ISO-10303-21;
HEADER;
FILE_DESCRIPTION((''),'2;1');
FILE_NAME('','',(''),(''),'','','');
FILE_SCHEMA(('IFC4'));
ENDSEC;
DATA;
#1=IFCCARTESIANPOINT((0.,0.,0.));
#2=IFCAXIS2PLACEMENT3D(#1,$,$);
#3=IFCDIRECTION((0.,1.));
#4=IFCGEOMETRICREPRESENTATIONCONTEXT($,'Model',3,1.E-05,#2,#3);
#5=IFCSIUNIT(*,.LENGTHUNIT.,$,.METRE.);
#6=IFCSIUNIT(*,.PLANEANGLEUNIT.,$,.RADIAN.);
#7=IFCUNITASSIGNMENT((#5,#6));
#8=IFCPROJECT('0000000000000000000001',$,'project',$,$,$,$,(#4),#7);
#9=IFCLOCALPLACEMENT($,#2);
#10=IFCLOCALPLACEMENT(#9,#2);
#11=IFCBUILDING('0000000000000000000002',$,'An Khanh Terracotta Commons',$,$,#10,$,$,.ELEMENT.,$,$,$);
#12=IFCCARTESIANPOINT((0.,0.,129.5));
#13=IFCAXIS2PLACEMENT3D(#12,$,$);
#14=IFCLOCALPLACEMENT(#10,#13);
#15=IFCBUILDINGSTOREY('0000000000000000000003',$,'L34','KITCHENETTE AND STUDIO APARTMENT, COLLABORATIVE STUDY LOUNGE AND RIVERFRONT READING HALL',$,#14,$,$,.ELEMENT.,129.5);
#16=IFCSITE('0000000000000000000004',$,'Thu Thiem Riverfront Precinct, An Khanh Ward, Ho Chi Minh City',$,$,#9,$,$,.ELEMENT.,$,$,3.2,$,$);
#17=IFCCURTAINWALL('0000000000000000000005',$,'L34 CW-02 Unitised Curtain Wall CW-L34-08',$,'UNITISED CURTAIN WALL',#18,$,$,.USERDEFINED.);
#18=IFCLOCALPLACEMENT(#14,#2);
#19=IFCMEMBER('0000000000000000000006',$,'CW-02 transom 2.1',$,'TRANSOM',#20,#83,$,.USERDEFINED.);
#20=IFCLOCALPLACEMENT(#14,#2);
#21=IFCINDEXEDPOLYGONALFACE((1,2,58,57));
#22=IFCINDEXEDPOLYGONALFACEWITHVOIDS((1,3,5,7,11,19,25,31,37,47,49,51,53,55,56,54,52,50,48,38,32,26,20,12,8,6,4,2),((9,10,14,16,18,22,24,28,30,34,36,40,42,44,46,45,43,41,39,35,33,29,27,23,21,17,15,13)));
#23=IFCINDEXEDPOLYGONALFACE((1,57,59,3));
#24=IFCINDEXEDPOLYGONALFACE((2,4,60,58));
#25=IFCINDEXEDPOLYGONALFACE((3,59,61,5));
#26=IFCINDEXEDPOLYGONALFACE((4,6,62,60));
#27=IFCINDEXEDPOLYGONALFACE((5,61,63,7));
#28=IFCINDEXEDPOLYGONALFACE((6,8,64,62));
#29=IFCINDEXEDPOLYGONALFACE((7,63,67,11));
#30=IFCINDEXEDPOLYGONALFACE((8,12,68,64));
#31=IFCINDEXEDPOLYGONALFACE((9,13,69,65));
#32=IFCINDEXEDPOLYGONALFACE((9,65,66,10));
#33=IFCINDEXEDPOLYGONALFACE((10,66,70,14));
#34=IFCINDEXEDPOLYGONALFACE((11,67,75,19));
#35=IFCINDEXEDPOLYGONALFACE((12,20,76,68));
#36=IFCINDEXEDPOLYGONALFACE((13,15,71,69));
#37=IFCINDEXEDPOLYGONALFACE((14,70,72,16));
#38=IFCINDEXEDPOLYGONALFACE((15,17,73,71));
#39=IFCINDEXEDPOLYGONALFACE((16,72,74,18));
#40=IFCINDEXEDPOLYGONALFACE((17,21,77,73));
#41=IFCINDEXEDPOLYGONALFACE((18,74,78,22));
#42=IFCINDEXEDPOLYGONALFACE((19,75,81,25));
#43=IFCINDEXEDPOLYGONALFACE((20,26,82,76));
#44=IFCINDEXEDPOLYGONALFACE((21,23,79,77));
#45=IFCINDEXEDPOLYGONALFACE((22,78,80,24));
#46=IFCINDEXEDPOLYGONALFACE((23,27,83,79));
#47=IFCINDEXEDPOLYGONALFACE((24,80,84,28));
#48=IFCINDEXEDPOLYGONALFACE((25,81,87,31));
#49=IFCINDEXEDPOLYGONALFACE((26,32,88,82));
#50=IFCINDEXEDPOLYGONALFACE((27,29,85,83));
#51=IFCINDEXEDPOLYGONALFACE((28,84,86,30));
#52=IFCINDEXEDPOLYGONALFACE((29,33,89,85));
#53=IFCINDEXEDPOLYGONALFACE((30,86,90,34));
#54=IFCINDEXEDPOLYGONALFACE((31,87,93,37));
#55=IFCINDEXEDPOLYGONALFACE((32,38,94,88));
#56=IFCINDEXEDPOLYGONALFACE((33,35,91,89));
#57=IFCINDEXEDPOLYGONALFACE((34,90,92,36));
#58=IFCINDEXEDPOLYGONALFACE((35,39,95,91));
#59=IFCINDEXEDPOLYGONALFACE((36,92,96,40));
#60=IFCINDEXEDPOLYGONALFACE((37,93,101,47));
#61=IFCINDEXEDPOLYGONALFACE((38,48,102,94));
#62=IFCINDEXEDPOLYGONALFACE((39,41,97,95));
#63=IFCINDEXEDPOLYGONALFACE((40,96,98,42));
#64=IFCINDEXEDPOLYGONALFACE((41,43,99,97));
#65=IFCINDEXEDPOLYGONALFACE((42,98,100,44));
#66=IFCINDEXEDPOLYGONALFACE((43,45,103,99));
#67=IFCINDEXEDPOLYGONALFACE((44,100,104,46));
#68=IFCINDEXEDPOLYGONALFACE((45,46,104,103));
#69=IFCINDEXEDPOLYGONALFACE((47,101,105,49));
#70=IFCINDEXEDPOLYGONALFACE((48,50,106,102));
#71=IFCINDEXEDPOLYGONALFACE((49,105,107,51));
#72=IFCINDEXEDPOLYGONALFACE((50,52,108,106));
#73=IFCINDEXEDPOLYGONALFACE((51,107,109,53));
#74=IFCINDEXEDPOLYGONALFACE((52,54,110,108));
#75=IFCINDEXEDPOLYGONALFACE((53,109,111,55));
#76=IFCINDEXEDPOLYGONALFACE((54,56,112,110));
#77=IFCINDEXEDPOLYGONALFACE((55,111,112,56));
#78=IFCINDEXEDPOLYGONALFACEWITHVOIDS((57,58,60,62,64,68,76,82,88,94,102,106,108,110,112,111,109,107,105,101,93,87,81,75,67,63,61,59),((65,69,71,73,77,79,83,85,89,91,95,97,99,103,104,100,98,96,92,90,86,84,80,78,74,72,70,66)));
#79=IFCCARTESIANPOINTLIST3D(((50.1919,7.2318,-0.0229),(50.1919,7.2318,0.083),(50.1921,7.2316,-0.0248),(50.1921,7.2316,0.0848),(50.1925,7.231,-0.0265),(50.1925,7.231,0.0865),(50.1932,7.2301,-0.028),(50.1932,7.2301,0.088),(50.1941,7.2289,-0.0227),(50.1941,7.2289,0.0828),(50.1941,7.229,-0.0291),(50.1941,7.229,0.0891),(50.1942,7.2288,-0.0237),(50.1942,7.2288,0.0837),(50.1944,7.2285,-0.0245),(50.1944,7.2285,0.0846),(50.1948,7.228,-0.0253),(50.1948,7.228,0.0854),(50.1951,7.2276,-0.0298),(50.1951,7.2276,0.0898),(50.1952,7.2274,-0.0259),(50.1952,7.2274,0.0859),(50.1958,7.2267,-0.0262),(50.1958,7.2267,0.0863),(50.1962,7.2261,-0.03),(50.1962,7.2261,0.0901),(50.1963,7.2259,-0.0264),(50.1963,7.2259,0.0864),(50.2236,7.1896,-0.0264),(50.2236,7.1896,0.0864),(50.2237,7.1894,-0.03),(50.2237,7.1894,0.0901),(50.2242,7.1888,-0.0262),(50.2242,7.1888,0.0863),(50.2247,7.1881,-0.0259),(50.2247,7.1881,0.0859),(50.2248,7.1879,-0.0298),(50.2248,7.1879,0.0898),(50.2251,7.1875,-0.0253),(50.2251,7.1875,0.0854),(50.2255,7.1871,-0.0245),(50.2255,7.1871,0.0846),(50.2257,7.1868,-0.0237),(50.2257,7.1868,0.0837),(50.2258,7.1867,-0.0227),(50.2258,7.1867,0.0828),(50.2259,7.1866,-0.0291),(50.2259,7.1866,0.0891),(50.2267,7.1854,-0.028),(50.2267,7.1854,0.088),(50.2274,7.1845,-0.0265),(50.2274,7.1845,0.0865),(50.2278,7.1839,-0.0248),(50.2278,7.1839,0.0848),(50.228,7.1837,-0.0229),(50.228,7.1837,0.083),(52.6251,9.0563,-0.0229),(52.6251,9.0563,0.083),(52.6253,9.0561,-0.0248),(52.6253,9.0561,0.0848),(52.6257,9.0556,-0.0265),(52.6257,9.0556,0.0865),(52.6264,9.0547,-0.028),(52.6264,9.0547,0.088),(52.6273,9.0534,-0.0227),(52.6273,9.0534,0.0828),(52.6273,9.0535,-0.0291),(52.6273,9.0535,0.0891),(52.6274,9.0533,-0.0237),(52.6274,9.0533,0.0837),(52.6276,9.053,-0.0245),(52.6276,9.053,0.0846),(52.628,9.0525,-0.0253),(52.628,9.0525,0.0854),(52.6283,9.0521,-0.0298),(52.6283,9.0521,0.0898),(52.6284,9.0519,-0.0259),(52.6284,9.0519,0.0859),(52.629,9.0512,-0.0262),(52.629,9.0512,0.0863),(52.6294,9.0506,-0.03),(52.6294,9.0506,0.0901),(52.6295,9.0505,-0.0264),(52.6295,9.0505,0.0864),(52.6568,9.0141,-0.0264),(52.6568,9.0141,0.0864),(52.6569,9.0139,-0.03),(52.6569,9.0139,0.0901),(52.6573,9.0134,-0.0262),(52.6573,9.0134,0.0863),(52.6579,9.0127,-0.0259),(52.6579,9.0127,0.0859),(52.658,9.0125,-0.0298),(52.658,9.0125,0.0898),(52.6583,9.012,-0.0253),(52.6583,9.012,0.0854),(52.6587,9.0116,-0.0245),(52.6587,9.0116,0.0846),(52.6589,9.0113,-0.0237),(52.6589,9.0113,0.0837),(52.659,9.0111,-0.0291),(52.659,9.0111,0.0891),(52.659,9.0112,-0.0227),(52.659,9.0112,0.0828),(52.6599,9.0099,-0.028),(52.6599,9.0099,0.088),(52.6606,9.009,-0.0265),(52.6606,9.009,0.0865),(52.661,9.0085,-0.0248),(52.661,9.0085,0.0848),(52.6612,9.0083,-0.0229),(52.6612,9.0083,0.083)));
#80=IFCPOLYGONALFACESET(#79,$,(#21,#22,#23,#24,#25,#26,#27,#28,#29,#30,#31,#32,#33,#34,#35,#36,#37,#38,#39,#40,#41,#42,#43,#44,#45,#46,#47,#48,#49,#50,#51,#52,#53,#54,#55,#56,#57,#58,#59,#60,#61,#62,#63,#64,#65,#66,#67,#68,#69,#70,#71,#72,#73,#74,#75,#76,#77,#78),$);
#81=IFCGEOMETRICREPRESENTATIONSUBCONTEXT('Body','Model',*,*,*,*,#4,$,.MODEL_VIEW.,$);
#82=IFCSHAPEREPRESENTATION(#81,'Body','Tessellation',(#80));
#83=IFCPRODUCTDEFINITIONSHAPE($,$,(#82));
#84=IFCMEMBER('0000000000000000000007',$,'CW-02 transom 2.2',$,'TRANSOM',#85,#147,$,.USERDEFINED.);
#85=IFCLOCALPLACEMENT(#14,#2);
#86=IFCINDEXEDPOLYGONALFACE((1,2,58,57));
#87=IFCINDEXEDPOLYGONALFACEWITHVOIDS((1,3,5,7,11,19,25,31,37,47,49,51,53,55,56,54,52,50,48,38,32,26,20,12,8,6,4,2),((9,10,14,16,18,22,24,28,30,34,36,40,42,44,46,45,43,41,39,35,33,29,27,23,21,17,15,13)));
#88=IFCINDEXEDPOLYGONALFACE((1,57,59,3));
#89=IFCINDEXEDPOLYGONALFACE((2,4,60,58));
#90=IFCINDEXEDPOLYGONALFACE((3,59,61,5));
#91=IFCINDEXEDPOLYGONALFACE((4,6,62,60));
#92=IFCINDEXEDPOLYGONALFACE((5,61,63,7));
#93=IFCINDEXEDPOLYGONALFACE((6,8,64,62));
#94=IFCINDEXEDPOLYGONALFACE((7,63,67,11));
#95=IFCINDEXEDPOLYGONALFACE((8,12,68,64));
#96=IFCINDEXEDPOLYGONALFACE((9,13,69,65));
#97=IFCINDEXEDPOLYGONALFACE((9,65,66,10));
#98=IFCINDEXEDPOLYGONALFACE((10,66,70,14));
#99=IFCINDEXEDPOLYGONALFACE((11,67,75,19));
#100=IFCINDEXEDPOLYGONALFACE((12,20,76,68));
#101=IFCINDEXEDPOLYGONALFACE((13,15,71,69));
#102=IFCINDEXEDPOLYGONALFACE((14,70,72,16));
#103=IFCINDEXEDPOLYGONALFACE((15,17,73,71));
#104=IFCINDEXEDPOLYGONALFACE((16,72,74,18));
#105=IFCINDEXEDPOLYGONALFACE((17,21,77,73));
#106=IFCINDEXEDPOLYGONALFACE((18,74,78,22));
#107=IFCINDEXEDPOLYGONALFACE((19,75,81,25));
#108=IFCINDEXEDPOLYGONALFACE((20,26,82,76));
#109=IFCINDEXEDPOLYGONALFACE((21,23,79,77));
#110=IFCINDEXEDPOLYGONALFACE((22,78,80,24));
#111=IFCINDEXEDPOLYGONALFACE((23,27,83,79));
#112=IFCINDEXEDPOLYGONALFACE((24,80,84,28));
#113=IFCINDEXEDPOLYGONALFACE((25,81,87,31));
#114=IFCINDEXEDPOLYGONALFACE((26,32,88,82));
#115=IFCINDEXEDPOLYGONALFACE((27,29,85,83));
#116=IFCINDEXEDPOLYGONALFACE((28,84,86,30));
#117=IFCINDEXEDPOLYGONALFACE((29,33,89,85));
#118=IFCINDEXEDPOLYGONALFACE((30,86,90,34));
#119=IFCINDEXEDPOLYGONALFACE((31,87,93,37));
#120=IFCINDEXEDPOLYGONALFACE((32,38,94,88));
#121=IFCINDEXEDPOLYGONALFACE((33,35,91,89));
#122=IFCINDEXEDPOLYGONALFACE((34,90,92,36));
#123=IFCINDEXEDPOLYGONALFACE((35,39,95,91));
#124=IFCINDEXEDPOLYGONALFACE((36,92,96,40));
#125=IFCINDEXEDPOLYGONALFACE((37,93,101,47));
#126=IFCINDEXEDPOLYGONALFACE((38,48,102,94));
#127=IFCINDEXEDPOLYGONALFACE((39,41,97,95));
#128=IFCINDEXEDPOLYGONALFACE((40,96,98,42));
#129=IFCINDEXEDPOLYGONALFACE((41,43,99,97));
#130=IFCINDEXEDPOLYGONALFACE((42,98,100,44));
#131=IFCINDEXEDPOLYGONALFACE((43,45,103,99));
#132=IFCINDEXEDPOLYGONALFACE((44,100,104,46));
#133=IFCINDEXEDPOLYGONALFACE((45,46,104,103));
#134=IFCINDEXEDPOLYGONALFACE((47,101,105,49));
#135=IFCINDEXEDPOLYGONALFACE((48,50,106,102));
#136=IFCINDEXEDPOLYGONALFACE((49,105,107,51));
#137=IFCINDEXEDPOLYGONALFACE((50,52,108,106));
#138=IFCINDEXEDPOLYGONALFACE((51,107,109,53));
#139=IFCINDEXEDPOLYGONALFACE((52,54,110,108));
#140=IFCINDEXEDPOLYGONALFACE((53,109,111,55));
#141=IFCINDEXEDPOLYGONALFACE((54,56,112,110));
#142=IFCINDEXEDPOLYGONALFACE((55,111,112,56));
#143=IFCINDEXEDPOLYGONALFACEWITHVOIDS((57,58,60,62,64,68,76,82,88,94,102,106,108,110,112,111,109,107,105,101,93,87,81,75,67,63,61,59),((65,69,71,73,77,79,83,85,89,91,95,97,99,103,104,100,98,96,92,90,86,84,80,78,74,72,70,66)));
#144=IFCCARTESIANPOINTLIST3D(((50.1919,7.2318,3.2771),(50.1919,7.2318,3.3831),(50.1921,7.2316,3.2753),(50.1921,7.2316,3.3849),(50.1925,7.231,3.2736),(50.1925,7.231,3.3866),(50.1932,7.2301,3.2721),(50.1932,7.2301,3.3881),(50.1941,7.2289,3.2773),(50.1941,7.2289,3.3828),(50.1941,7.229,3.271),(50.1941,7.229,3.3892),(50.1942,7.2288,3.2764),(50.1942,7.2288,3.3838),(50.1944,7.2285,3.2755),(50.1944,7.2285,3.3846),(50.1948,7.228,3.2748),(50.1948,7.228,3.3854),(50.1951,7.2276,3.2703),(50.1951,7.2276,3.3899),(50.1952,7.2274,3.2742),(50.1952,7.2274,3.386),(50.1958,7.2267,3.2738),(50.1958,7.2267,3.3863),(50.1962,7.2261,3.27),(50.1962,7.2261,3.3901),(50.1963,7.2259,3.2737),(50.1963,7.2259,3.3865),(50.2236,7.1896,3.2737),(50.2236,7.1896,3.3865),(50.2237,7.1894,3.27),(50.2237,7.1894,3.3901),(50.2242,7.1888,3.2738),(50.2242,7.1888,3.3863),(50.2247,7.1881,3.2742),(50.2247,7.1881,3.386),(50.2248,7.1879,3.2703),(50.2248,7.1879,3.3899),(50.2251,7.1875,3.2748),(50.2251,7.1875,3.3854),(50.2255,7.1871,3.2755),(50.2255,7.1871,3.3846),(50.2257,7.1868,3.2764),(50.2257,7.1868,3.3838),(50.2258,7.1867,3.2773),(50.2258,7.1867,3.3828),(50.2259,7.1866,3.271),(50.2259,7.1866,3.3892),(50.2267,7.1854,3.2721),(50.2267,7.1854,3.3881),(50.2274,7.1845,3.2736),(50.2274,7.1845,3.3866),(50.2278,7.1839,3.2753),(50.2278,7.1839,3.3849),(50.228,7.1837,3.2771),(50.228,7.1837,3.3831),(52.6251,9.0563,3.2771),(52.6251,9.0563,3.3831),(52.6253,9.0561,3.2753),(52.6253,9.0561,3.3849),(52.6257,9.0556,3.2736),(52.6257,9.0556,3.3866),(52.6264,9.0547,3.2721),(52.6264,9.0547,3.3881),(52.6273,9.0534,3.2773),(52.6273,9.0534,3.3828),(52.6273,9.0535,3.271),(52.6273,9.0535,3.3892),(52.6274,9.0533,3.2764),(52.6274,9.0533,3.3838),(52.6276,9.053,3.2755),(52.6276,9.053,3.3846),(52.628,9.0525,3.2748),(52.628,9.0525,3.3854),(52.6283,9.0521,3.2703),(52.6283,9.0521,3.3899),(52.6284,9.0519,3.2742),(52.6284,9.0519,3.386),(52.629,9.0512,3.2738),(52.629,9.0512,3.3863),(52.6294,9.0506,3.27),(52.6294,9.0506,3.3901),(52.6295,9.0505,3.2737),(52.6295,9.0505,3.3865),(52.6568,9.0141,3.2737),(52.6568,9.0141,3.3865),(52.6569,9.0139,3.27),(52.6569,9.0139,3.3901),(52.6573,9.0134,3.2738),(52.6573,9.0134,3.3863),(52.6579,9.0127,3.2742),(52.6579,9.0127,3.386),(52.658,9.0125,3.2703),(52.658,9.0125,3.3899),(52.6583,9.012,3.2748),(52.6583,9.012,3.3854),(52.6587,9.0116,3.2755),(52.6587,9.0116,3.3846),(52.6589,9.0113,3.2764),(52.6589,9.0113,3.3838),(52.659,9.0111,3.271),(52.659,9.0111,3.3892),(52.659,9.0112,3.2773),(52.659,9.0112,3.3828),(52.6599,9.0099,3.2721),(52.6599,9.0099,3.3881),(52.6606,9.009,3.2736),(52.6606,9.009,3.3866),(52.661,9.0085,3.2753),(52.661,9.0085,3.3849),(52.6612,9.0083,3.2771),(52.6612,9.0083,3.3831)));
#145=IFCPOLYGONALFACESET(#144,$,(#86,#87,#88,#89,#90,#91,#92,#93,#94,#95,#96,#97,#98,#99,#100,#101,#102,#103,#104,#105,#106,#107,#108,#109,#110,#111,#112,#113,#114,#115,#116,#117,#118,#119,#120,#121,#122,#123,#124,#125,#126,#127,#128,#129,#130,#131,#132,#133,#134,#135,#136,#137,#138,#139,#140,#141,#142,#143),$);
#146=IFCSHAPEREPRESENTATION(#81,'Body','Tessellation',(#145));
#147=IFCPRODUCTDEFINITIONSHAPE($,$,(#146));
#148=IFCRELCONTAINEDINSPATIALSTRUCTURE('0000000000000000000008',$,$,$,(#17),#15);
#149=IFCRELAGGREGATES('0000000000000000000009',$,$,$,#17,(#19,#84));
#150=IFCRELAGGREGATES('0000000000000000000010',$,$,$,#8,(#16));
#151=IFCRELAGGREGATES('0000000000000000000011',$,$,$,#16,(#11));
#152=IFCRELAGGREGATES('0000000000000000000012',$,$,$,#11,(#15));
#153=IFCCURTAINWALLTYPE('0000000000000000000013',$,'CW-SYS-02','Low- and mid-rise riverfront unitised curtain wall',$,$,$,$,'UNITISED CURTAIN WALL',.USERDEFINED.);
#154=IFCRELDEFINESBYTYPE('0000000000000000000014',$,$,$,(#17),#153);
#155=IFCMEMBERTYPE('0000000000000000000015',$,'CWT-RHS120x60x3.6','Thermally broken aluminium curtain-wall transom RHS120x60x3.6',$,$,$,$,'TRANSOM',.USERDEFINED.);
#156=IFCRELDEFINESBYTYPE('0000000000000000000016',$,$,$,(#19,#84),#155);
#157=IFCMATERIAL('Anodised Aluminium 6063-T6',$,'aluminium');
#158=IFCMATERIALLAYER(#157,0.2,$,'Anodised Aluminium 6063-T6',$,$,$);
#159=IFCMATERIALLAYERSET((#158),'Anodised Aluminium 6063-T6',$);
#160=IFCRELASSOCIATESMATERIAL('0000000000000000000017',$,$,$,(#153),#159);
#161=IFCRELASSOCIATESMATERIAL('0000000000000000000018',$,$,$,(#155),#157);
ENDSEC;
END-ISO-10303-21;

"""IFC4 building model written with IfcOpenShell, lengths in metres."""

from ifc_helpers import new_model, si_unit, direction, frame, origin, origin_2d, place, context, subcontext, project, spatial, hollow_rectangle, extrude, material, layer, layer_set, material_profile, profile_set, type_object, element, aggregate, save


model = new_model("IFC4")

# Units and contexts
model_context = context("Model", 3, precision=1e-05, world=origin(), true_north=direction((0.0, 1.0)))
body_context = subcontext(model_context, "Body", "Model", "MODEL_VIEW")
ifc_project = project(units=[si_unit("LENGTHUNIT", "METRE"), si_unit("PLANEANGLEUNIT", "RADIAN")], contexts=[model_context])

# Site, building, storey
site_placement = place(None, origin())
site = spatial("IfcSite", under=ifc_project, at=site_placement, Name="Thu Thiem Riverfront Precinct, An Khanh Ward, Ho Chi Minh City", CompositionType="ELEMENT", RefElevation=3.2)
building_placement = place(site_placement, origin())
building = spatial("IfcBuilding", under=site, at=building_placement, Name="An Khanh Terracotta Commons", CompositionType="ELEMENT")
storey_placement = place(building_placement, frame((0.0, 0.0, 129.5)))
storey = spatial("IfcBuildingStorey", under=building, at=storey_placement, Name="L34", Description="KITCHENETTE AND STUDIO APARTMENT, COLLABORATIVE STUDY LOUNGE AND RIVERFRONT READING HALL", CompositionType="ELEMENT", Elevation=129.5)

# Curtain wall
ifc_material_1 = material(Name="Anodised Aluminium 6063-T6", Category="aluminium")
ifc_layer_1 = layer(ifc_material_1, 0.2, Name="Anodised Aluminium 6063-T6")
ifc_layer_set_1 = layer_set([ifc_layer_1], Name="Anodised Aluminium 6063-T6")
curtain_wall_type = type_object("IfcCurtainWallType", Name="CW-SYS-02", Description="Low- and mid-rise riverfront unitised curtain wall", ElementType="UNITISED CURTAIN WALL", PredefinedType="USERDEFINED", material=ifc_layer_set_1)
curtain_wall_1_placement = place(storey_placement, origin())
curtain_wall_1 = element("IfcCurtainWall", 1, at=curtain_wall_1_placement, inside=storey, type_object=curtain_wall_type, Name="L34 CW-02 Unitised Curtain Wall CW-L34-08", ObjectType="UNITISED CURTAIN WALL", PredefinedType="USERDEFINED")

# Members
ifc_material_profile_1 = material_profile(ifc_material_1, hollow_rectangle(XDim=0.0601, YDim=0.1201, WallThickness=0.0037, InnerFilletRadius=0.0037, OuterFilletRadius=0.0071, at=origin_2d()), Name="RHS120x60x3.6")
ifc_profile_set_1 = profile_set([ifc_material_profile_1], Name="Anodised Aluminium 6063-T6")
member_type_1 = type_object("IfcMemberType", Name="CWT-RHS120x60x3.6", Description="Thermally broken aluminium curtain-wall transom RHS120x60x3.6", ElementType="TRANSOM", PredefinedType="USERDEFINED", material=ifc_profile_set_1)
member_1_placement = place(storey_placement, frame((50.21, 7.2078, 0.03), z_axis=(0.800058, 0.599923, 0.0), x_axis=(-0.599923, 0.800058, 0.0)))
member_1 = element("IfcMember", 2, at=member_1_placement, type_object=member_type_1, Name="CW-02 transom 2.1", ObjectType="TRANSOM", PredefinedType="USERDEFINED", context=body_context, shape_type="SweptSolid", body=[
    extrude(hollow_rectangle(XDim=0.0601, YDim=0.1201, WallThickness=0.0037, InnerFilletRadius=0.0037, OuterFilletRadius=0.0071, at=origin_2d()), origin(), (0.0, 0.0, 1.0), 3.0413),
])
member_2_placement = place(storey_placement, frame((50.21, 7.2078, 3.3301), z_axis=(0.800058, 0.599923, 0.0), x_axis=(-0.599923, 0.800058, 0.0)))
member_2 = element("IfcMember", 3, at=member_2_placement, type_object=member_type_1, Name="CW-02 transom 2.2", ObjectType="TRANSOM", PredefinedType="USERDEFINED", context=body_context, shape_type="SweptSolid", body=[
    extrude(hollow_rectangle(XDim=0.0601, YDim=0.1201, WallThickness=0.0037, InnerFilletRadius=0.0037, OuterFilletRadius=0.0071, at=origin_2d()), origin(), (0.0, 0.0, 1.0), 3.0413),
])

aggregate(curtain_wall_1, [member_1, member_2])

save(model, "model.ifc")
